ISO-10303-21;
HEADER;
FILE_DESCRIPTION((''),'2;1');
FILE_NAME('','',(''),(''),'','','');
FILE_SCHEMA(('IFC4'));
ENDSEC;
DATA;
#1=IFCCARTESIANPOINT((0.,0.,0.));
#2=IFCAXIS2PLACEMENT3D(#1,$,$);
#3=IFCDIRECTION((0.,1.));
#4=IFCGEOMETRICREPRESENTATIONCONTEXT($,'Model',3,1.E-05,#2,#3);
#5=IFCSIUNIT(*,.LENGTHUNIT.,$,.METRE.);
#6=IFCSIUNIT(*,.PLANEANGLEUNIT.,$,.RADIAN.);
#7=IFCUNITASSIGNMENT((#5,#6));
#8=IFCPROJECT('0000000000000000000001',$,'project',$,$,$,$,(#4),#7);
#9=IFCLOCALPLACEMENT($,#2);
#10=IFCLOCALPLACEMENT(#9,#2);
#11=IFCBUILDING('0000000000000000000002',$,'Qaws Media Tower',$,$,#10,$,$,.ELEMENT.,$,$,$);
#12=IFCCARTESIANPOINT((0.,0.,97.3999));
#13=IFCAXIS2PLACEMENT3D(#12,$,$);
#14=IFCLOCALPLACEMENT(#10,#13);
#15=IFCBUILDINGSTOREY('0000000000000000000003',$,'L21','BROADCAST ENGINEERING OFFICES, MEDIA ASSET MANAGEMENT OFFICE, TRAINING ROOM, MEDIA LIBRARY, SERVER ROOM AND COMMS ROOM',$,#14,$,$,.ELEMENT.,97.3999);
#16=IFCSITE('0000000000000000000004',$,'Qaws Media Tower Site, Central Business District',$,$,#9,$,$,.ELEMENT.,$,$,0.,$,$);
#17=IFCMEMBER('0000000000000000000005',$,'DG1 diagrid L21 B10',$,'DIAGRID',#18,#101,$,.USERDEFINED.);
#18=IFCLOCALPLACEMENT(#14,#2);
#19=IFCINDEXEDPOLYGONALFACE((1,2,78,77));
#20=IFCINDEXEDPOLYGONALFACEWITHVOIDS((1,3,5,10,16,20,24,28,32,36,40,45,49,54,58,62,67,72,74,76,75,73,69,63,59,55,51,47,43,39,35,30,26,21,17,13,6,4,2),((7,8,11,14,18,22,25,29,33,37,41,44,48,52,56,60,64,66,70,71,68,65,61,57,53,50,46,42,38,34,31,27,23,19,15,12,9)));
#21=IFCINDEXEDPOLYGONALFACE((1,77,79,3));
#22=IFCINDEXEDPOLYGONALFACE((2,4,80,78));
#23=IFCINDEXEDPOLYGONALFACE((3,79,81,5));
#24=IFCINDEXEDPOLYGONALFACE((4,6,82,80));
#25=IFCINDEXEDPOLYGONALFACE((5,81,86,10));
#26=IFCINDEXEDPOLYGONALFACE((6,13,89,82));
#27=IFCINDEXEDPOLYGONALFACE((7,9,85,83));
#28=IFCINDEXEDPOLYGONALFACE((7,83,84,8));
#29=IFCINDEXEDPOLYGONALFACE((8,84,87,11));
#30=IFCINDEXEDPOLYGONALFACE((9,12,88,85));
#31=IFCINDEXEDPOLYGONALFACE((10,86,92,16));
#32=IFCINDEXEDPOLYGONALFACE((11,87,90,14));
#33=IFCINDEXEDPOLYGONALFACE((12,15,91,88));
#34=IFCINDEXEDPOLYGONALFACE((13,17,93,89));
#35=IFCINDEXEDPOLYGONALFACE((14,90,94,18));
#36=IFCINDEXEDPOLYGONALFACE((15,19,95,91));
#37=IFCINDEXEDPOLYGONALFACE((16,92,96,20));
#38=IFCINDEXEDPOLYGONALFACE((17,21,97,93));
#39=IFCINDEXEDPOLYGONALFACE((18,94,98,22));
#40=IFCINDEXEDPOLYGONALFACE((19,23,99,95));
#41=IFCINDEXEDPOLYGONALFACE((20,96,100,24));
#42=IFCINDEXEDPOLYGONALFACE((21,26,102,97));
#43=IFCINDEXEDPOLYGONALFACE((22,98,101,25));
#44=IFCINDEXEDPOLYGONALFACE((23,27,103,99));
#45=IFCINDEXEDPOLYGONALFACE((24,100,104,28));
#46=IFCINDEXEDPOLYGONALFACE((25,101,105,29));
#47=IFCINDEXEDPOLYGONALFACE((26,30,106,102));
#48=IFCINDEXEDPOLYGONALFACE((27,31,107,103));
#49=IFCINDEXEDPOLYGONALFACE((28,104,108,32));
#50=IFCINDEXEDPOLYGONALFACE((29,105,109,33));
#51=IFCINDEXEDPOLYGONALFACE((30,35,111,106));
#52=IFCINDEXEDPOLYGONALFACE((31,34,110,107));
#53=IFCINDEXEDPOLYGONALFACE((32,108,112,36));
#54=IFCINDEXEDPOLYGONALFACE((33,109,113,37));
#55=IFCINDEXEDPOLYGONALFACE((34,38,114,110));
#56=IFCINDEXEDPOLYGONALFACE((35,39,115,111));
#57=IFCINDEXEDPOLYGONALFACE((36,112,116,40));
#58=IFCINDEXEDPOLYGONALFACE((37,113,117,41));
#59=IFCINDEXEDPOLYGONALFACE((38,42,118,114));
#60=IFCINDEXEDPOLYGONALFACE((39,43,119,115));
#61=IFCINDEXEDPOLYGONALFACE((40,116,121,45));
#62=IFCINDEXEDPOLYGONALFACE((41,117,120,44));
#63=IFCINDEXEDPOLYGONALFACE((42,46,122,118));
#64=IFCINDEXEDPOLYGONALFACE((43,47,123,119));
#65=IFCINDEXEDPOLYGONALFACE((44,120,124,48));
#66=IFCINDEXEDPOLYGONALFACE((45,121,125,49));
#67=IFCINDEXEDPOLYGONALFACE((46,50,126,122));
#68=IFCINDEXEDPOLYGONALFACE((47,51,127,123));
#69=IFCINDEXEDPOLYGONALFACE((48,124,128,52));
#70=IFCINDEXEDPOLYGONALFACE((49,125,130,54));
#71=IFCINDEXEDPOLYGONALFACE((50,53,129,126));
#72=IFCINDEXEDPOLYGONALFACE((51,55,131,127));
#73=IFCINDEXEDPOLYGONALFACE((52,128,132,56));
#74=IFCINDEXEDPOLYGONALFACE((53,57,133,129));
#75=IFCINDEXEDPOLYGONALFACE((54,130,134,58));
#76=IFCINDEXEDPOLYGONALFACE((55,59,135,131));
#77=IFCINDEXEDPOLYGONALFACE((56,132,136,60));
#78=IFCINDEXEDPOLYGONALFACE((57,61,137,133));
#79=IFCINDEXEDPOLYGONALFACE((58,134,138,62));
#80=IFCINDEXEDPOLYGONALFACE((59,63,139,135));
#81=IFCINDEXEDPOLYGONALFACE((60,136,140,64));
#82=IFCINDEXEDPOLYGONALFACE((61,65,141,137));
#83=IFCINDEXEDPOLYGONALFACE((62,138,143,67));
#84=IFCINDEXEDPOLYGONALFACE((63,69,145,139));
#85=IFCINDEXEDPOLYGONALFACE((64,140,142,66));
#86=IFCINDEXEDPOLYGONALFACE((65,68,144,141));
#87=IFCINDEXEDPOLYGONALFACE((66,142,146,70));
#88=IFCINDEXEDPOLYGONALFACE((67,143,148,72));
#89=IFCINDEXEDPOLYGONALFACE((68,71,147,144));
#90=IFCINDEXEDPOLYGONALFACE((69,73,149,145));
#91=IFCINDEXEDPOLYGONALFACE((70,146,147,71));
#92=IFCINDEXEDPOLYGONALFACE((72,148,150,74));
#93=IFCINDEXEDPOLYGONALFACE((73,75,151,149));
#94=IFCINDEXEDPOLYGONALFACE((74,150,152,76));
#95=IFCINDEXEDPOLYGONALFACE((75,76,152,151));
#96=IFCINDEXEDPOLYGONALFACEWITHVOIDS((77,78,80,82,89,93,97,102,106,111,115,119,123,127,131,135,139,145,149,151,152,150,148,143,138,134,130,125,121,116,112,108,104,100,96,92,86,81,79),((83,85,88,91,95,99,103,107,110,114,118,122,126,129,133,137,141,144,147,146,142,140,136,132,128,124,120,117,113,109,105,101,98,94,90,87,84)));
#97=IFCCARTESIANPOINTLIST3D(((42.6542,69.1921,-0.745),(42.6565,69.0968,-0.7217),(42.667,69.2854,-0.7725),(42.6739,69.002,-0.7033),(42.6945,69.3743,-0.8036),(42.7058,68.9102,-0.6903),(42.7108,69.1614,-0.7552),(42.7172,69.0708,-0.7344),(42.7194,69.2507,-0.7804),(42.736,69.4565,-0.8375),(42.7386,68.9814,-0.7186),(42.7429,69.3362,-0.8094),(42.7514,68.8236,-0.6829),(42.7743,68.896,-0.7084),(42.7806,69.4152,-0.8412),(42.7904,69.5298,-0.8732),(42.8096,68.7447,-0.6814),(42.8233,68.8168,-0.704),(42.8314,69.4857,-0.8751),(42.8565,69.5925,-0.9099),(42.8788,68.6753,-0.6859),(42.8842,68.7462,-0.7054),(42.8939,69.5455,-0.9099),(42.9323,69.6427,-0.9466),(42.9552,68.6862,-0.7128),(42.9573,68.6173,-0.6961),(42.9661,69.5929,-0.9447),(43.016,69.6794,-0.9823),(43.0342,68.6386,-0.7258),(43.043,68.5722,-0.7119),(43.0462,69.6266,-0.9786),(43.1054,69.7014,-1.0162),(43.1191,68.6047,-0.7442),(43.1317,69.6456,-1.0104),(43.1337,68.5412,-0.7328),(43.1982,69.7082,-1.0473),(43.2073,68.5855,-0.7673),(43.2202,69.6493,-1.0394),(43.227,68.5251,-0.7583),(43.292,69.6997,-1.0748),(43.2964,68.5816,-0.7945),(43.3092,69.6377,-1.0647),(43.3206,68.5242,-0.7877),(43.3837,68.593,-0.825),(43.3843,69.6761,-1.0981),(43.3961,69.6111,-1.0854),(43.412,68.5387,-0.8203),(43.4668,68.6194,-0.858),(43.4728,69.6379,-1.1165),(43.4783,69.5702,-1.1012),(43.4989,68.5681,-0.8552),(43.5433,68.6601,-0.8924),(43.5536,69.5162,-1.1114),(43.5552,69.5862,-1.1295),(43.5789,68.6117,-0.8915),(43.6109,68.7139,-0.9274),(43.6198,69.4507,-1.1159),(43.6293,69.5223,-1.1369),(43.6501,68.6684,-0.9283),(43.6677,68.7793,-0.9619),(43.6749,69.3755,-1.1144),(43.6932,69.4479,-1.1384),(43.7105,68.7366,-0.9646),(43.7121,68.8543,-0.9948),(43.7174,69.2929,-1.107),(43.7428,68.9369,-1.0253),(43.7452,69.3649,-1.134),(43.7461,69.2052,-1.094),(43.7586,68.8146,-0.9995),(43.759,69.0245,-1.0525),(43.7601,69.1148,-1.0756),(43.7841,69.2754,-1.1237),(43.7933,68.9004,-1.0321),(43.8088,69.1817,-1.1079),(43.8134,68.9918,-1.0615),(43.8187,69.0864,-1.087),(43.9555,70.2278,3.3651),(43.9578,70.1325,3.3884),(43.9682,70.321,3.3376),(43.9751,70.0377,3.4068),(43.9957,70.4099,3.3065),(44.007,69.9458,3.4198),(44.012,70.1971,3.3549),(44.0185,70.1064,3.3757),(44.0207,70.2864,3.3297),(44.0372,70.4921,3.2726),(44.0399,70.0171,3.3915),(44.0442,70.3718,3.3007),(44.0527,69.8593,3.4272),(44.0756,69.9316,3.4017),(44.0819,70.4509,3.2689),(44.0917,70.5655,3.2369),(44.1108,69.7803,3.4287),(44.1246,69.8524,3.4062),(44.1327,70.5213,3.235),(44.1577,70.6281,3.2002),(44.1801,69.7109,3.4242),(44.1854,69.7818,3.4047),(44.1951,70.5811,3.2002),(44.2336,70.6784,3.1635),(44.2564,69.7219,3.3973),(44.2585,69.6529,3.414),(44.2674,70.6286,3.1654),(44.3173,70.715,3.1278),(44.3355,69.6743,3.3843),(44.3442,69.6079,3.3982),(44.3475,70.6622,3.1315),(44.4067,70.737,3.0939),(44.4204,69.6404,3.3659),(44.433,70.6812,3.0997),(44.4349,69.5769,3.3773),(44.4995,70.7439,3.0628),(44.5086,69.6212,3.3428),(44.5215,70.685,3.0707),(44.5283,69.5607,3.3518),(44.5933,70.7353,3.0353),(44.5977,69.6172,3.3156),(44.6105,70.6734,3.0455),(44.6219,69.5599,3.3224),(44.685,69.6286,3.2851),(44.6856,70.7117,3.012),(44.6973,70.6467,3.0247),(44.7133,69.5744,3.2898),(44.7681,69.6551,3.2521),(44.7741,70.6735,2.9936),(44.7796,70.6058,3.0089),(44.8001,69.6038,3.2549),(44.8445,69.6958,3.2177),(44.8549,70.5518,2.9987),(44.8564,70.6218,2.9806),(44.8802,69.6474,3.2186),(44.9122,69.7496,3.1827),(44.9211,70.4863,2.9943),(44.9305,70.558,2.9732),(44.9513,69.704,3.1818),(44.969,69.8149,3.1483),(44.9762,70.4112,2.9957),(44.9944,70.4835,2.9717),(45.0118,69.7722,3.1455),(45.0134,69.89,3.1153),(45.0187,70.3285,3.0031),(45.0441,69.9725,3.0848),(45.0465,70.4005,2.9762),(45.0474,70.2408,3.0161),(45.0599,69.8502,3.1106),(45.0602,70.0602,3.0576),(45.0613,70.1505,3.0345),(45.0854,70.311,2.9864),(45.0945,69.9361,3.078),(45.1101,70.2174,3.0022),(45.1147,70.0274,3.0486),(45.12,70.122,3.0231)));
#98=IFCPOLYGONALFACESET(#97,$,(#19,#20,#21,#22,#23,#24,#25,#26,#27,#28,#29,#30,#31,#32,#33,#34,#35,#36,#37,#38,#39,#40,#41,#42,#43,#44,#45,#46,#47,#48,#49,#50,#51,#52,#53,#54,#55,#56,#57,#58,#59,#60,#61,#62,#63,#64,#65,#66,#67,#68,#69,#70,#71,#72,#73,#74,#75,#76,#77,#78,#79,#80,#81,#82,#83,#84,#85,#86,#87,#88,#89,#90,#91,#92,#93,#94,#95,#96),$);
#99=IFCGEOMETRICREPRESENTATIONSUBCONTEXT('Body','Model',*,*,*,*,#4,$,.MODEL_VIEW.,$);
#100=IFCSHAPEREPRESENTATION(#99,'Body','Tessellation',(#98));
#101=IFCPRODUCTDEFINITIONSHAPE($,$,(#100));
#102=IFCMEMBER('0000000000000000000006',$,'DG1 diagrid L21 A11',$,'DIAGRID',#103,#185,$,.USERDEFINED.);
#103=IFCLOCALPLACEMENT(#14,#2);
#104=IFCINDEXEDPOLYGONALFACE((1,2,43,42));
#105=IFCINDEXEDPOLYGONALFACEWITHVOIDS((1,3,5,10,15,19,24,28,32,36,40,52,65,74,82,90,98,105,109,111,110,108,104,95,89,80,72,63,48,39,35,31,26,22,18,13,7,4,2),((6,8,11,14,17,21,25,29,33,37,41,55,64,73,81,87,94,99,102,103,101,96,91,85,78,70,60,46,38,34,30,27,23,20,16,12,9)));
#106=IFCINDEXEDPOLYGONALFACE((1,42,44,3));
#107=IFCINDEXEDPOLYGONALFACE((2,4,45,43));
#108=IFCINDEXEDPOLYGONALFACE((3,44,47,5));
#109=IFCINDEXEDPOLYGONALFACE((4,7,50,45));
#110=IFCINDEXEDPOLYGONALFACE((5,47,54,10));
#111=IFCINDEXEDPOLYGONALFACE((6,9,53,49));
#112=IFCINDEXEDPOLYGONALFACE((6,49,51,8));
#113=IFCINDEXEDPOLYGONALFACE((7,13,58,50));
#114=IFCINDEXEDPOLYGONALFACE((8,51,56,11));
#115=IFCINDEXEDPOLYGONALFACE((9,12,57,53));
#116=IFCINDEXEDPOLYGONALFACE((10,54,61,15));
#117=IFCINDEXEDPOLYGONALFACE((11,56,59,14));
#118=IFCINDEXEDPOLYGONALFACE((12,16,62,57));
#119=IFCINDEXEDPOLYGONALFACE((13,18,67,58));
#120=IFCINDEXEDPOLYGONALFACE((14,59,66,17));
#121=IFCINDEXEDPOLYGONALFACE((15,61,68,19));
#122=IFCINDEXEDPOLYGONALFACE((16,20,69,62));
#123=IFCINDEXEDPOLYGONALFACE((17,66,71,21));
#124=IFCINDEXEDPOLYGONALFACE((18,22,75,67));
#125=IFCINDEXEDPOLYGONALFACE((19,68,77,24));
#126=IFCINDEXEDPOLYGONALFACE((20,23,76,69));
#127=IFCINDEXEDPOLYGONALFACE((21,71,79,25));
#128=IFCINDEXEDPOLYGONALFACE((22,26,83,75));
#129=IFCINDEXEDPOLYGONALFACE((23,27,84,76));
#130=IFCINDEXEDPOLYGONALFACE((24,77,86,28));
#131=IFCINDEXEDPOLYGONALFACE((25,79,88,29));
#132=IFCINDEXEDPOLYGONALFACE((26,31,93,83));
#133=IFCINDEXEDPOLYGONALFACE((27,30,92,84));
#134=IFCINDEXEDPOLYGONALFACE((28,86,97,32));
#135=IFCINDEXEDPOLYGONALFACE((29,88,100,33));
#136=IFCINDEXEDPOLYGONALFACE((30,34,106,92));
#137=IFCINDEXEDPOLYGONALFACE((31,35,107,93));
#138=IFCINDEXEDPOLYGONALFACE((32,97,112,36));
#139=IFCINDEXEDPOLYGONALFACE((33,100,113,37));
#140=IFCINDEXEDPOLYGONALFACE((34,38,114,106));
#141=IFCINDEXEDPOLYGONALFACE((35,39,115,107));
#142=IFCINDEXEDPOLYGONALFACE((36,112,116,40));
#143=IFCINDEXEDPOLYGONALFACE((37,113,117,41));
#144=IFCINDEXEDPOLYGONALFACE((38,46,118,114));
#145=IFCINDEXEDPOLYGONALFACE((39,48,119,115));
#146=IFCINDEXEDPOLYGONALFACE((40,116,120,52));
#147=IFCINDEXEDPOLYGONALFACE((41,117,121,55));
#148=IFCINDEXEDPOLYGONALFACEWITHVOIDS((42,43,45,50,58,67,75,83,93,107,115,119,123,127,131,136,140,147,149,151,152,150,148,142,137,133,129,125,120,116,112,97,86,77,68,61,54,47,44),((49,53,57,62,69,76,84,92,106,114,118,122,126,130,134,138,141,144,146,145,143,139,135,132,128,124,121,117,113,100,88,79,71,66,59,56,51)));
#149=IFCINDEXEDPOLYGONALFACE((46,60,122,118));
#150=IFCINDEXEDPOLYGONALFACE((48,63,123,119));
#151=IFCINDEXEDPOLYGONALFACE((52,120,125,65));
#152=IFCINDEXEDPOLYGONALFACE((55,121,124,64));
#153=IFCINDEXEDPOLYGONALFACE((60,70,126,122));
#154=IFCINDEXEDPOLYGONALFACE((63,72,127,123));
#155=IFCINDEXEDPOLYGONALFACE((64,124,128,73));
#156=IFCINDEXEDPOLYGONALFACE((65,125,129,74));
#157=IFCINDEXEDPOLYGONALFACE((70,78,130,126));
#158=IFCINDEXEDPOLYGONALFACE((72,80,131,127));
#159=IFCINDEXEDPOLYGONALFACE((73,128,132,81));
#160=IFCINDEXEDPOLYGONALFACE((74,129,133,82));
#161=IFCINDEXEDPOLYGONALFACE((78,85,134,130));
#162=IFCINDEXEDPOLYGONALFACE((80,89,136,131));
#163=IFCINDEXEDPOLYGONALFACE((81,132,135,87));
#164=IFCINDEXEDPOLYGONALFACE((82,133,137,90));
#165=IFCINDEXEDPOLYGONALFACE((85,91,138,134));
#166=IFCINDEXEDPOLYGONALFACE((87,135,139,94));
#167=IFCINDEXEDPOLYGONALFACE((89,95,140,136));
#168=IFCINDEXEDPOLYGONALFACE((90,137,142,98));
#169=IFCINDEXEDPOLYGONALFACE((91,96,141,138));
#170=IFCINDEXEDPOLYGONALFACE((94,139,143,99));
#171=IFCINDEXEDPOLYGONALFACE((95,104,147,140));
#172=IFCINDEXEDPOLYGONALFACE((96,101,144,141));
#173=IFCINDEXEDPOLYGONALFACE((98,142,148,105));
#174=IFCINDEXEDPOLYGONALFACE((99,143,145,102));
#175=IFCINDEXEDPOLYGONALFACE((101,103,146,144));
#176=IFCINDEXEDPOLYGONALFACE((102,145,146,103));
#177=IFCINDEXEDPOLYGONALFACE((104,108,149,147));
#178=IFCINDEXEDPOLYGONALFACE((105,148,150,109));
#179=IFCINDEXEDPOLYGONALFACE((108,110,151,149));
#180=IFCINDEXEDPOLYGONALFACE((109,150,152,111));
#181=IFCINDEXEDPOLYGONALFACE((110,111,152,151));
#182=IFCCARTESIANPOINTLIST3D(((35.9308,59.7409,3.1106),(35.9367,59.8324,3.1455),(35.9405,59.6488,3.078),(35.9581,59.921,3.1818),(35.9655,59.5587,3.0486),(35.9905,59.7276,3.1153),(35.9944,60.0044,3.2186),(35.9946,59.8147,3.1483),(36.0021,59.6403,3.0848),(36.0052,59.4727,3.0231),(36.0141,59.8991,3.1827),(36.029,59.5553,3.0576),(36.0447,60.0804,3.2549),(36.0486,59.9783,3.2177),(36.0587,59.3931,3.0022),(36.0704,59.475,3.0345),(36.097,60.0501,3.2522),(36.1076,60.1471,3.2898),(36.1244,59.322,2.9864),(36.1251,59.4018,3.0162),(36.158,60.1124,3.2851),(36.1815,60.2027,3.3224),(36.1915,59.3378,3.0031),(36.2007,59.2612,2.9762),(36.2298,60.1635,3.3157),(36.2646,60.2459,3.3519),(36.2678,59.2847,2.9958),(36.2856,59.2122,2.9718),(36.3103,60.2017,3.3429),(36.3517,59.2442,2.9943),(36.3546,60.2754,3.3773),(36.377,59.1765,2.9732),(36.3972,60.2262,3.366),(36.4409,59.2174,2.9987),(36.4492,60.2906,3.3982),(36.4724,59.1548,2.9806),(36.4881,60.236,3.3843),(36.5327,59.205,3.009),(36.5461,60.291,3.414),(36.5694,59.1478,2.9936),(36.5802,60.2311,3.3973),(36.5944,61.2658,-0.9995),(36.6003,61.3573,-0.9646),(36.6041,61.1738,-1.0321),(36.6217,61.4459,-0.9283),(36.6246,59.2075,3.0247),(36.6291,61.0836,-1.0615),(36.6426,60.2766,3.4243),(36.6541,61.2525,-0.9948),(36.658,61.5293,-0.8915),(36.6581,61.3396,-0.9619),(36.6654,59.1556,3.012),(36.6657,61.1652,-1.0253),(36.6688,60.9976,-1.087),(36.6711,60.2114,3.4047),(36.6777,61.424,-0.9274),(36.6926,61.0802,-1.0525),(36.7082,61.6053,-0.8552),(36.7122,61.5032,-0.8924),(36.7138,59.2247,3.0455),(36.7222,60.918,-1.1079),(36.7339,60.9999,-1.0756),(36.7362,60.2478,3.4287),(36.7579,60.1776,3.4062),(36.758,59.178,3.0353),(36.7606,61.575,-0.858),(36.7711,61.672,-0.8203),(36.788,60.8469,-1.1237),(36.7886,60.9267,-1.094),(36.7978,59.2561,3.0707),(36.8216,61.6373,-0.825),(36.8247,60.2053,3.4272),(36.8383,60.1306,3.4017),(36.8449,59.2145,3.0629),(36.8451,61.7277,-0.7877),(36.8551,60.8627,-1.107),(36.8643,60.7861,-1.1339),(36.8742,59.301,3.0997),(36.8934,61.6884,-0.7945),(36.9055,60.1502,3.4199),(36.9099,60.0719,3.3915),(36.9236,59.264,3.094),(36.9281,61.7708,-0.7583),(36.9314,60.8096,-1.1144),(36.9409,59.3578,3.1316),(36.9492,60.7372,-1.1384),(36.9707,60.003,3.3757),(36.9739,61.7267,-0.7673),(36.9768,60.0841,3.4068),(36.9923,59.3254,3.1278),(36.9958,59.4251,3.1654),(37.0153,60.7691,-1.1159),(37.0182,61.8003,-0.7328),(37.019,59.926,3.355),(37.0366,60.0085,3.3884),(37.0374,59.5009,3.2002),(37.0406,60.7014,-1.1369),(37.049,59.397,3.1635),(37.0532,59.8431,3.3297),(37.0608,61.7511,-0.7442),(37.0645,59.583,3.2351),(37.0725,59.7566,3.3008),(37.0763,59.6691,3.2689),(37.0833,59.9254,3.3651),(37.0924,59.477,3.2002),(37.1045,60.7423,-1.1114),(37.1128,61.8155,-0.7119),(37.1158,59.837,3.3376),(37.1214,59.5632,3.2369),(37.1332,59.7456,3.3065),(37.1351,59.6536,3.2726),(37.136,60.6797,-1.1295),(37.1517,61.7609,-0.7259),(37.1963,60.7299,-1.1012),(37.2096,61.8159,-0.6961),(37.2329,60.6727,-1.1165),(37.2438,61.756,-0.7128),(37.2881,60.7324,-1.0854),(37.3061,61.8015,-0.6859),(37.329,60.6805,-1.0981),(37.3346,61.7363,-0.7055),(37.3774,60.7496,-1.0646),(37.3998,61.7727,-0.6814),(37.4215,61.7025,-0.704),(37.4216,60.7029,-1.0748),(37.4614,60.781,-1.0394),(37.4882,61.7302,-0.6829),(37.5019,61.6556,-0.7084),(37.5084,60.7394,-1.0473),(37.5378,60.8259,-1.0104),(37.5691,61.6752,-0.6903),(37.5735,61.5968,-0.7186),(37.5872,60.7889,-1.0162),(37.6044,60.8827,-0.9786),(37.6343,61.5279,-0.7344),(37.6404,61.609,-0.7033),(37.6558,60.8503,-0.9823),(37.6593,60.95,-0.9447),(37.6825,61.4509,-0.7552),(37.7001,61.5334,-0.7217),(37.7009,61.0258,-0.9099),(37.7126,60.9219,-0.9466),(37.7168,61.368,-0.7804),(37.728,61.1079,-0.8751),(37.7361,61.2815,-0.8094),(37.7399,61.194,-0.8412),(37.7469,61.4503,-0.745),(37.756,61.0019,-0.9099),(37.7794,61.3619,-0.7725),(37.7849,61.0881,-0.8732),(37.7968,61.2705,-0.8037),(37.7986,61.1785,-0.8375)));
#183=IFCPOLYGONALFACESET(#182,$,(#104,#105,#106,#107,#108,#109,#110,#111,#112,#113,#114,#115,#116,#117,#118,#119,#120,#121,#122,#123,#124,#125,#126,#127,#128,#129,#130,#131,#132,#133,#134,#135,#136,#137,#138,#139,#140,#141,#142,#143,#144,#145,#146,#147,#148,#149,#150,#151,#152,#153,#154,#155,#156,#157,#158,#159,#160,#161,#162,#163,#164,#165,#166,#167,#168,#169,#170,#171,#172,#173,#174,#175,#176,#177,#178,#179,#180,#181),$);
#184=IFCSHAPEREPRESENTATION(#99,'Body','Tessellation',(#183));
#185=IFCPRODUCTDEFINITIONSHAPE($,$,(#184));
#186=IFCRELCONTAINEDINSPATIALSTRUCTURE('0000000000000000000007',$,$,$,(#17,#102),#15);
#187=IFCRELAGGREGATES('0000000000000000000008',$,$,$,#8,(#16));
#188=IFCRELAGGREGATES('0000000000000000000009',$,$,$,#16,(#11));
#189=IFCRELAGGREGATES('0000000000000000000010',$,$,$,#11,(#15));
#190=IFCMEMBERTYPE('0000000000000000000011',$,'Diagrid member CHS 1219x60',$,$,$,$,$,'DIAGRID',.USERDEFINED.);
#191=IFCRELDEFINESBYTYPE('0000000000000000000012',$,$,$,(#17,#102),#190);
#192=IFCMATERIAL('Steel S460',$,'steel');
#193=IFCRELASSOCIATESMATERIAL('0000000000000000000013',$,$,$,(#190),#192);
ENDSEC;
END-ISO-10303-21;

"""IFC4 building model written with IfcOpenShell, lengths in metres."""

from ifc_helpers import new_model, si_unit, direction, frame, origin, origin_2d, place, context, subcontext, project, spatial, hollow_circle, extrude, material, material_profile, profile_set, type_object, element, save


model = new_model("IFC4")

# Units and contexts
model_context = context("Model", 3, precision=1e-05, world=origin(), true_north=direction((0.0, 1.0)))
body_context = subcontext(model_context, "Body", "Model", "MODEL_VIEW")
ifc_project = project(units=[si_unit("LENGTHUNIT", "METRE"), si_unit("PLANEANGLEUNIT", "RADIAN")], contexts=[model_context])

# Site, building, storey
site_placement = place(None, origin())
site = spatial("IfcSite", under=ifc_project, at=site_placement, Name="Qaws Media Tower Site, Central Business District", CompositionType="ELEMENT", RefElevation=0.0)
building_placement = place(site_placement, origin())
building = spatial("IfcBuilding", under=site, at=building_placement, Name="Qaws Media Tower", CompositionType="ELEMENT")
storey_placement = place(building_placement, frame((0.0, 0.0, 97.3999)))
storey = spatial("IfcBuildingStorey", under=building, at=storey_placement, Name="L21", Description="BROADCAST ENGINEERING OFFICES, MEDIA ASSET MANAGEMENT OFFICE, TRAINING ROOM, MEDIA LIBRARY, SERVER ROOM AND COMMS ROOM", CompositionType="ELEMENT", Elevation=97.3999)

# Members
ifc_material_1 = material(Name="Steel S460", Category="steel")
ifc_material_profile_1 = material_profile(ifc_material_1, hollow_circle(Radius=0.6096, WallThickness=0.0601, at=origin_2d()), Name="CHS 1219x60")
ifc_profile_set_1 = profile_set([ifc_material_profile_1], Name="Steel S460")
member_type_1 = type_object("IfcMemberType", Name="Diagrid member CHS 1219x60", ElementType="DIAGRID", PredefinedType="USERDEFINED", material=ifc_profile_set_1)
for number, where, z_axis, x_axis, name in (
    (1, (43.2361, 69.1155, -0.9099), (0.293487, 0.233578, 0.926988), (-0.622724, 0.782442, 0.0), "DG1 diagrid L21 B10"),
    (2, (37.197, 61.2451, -0.9099), (-0.149662, -0.343926, 0.926993), (0.916944, -0.399016, 0.0), "DG1 diagrid L21 A11"),
):
    element("IfcMember", number, at=place(storey_placement, frame(where, z_axis=z_axis, x_axis=x_axis)), inside=storey, type_object=member_type_1, Name=name, ObjectType="DIAGRID", PredefinedType="USERDEFINED", context=body_context, shape_type="SweptSolid", body=[
        extrude(hollow_circle(Radius=0.6096, WallThickness=0.0601, at=origin_2d()), origin(), (0.0, 0.0, 1.0), 4.4338),
    ])

save(model, "model.ifc")
